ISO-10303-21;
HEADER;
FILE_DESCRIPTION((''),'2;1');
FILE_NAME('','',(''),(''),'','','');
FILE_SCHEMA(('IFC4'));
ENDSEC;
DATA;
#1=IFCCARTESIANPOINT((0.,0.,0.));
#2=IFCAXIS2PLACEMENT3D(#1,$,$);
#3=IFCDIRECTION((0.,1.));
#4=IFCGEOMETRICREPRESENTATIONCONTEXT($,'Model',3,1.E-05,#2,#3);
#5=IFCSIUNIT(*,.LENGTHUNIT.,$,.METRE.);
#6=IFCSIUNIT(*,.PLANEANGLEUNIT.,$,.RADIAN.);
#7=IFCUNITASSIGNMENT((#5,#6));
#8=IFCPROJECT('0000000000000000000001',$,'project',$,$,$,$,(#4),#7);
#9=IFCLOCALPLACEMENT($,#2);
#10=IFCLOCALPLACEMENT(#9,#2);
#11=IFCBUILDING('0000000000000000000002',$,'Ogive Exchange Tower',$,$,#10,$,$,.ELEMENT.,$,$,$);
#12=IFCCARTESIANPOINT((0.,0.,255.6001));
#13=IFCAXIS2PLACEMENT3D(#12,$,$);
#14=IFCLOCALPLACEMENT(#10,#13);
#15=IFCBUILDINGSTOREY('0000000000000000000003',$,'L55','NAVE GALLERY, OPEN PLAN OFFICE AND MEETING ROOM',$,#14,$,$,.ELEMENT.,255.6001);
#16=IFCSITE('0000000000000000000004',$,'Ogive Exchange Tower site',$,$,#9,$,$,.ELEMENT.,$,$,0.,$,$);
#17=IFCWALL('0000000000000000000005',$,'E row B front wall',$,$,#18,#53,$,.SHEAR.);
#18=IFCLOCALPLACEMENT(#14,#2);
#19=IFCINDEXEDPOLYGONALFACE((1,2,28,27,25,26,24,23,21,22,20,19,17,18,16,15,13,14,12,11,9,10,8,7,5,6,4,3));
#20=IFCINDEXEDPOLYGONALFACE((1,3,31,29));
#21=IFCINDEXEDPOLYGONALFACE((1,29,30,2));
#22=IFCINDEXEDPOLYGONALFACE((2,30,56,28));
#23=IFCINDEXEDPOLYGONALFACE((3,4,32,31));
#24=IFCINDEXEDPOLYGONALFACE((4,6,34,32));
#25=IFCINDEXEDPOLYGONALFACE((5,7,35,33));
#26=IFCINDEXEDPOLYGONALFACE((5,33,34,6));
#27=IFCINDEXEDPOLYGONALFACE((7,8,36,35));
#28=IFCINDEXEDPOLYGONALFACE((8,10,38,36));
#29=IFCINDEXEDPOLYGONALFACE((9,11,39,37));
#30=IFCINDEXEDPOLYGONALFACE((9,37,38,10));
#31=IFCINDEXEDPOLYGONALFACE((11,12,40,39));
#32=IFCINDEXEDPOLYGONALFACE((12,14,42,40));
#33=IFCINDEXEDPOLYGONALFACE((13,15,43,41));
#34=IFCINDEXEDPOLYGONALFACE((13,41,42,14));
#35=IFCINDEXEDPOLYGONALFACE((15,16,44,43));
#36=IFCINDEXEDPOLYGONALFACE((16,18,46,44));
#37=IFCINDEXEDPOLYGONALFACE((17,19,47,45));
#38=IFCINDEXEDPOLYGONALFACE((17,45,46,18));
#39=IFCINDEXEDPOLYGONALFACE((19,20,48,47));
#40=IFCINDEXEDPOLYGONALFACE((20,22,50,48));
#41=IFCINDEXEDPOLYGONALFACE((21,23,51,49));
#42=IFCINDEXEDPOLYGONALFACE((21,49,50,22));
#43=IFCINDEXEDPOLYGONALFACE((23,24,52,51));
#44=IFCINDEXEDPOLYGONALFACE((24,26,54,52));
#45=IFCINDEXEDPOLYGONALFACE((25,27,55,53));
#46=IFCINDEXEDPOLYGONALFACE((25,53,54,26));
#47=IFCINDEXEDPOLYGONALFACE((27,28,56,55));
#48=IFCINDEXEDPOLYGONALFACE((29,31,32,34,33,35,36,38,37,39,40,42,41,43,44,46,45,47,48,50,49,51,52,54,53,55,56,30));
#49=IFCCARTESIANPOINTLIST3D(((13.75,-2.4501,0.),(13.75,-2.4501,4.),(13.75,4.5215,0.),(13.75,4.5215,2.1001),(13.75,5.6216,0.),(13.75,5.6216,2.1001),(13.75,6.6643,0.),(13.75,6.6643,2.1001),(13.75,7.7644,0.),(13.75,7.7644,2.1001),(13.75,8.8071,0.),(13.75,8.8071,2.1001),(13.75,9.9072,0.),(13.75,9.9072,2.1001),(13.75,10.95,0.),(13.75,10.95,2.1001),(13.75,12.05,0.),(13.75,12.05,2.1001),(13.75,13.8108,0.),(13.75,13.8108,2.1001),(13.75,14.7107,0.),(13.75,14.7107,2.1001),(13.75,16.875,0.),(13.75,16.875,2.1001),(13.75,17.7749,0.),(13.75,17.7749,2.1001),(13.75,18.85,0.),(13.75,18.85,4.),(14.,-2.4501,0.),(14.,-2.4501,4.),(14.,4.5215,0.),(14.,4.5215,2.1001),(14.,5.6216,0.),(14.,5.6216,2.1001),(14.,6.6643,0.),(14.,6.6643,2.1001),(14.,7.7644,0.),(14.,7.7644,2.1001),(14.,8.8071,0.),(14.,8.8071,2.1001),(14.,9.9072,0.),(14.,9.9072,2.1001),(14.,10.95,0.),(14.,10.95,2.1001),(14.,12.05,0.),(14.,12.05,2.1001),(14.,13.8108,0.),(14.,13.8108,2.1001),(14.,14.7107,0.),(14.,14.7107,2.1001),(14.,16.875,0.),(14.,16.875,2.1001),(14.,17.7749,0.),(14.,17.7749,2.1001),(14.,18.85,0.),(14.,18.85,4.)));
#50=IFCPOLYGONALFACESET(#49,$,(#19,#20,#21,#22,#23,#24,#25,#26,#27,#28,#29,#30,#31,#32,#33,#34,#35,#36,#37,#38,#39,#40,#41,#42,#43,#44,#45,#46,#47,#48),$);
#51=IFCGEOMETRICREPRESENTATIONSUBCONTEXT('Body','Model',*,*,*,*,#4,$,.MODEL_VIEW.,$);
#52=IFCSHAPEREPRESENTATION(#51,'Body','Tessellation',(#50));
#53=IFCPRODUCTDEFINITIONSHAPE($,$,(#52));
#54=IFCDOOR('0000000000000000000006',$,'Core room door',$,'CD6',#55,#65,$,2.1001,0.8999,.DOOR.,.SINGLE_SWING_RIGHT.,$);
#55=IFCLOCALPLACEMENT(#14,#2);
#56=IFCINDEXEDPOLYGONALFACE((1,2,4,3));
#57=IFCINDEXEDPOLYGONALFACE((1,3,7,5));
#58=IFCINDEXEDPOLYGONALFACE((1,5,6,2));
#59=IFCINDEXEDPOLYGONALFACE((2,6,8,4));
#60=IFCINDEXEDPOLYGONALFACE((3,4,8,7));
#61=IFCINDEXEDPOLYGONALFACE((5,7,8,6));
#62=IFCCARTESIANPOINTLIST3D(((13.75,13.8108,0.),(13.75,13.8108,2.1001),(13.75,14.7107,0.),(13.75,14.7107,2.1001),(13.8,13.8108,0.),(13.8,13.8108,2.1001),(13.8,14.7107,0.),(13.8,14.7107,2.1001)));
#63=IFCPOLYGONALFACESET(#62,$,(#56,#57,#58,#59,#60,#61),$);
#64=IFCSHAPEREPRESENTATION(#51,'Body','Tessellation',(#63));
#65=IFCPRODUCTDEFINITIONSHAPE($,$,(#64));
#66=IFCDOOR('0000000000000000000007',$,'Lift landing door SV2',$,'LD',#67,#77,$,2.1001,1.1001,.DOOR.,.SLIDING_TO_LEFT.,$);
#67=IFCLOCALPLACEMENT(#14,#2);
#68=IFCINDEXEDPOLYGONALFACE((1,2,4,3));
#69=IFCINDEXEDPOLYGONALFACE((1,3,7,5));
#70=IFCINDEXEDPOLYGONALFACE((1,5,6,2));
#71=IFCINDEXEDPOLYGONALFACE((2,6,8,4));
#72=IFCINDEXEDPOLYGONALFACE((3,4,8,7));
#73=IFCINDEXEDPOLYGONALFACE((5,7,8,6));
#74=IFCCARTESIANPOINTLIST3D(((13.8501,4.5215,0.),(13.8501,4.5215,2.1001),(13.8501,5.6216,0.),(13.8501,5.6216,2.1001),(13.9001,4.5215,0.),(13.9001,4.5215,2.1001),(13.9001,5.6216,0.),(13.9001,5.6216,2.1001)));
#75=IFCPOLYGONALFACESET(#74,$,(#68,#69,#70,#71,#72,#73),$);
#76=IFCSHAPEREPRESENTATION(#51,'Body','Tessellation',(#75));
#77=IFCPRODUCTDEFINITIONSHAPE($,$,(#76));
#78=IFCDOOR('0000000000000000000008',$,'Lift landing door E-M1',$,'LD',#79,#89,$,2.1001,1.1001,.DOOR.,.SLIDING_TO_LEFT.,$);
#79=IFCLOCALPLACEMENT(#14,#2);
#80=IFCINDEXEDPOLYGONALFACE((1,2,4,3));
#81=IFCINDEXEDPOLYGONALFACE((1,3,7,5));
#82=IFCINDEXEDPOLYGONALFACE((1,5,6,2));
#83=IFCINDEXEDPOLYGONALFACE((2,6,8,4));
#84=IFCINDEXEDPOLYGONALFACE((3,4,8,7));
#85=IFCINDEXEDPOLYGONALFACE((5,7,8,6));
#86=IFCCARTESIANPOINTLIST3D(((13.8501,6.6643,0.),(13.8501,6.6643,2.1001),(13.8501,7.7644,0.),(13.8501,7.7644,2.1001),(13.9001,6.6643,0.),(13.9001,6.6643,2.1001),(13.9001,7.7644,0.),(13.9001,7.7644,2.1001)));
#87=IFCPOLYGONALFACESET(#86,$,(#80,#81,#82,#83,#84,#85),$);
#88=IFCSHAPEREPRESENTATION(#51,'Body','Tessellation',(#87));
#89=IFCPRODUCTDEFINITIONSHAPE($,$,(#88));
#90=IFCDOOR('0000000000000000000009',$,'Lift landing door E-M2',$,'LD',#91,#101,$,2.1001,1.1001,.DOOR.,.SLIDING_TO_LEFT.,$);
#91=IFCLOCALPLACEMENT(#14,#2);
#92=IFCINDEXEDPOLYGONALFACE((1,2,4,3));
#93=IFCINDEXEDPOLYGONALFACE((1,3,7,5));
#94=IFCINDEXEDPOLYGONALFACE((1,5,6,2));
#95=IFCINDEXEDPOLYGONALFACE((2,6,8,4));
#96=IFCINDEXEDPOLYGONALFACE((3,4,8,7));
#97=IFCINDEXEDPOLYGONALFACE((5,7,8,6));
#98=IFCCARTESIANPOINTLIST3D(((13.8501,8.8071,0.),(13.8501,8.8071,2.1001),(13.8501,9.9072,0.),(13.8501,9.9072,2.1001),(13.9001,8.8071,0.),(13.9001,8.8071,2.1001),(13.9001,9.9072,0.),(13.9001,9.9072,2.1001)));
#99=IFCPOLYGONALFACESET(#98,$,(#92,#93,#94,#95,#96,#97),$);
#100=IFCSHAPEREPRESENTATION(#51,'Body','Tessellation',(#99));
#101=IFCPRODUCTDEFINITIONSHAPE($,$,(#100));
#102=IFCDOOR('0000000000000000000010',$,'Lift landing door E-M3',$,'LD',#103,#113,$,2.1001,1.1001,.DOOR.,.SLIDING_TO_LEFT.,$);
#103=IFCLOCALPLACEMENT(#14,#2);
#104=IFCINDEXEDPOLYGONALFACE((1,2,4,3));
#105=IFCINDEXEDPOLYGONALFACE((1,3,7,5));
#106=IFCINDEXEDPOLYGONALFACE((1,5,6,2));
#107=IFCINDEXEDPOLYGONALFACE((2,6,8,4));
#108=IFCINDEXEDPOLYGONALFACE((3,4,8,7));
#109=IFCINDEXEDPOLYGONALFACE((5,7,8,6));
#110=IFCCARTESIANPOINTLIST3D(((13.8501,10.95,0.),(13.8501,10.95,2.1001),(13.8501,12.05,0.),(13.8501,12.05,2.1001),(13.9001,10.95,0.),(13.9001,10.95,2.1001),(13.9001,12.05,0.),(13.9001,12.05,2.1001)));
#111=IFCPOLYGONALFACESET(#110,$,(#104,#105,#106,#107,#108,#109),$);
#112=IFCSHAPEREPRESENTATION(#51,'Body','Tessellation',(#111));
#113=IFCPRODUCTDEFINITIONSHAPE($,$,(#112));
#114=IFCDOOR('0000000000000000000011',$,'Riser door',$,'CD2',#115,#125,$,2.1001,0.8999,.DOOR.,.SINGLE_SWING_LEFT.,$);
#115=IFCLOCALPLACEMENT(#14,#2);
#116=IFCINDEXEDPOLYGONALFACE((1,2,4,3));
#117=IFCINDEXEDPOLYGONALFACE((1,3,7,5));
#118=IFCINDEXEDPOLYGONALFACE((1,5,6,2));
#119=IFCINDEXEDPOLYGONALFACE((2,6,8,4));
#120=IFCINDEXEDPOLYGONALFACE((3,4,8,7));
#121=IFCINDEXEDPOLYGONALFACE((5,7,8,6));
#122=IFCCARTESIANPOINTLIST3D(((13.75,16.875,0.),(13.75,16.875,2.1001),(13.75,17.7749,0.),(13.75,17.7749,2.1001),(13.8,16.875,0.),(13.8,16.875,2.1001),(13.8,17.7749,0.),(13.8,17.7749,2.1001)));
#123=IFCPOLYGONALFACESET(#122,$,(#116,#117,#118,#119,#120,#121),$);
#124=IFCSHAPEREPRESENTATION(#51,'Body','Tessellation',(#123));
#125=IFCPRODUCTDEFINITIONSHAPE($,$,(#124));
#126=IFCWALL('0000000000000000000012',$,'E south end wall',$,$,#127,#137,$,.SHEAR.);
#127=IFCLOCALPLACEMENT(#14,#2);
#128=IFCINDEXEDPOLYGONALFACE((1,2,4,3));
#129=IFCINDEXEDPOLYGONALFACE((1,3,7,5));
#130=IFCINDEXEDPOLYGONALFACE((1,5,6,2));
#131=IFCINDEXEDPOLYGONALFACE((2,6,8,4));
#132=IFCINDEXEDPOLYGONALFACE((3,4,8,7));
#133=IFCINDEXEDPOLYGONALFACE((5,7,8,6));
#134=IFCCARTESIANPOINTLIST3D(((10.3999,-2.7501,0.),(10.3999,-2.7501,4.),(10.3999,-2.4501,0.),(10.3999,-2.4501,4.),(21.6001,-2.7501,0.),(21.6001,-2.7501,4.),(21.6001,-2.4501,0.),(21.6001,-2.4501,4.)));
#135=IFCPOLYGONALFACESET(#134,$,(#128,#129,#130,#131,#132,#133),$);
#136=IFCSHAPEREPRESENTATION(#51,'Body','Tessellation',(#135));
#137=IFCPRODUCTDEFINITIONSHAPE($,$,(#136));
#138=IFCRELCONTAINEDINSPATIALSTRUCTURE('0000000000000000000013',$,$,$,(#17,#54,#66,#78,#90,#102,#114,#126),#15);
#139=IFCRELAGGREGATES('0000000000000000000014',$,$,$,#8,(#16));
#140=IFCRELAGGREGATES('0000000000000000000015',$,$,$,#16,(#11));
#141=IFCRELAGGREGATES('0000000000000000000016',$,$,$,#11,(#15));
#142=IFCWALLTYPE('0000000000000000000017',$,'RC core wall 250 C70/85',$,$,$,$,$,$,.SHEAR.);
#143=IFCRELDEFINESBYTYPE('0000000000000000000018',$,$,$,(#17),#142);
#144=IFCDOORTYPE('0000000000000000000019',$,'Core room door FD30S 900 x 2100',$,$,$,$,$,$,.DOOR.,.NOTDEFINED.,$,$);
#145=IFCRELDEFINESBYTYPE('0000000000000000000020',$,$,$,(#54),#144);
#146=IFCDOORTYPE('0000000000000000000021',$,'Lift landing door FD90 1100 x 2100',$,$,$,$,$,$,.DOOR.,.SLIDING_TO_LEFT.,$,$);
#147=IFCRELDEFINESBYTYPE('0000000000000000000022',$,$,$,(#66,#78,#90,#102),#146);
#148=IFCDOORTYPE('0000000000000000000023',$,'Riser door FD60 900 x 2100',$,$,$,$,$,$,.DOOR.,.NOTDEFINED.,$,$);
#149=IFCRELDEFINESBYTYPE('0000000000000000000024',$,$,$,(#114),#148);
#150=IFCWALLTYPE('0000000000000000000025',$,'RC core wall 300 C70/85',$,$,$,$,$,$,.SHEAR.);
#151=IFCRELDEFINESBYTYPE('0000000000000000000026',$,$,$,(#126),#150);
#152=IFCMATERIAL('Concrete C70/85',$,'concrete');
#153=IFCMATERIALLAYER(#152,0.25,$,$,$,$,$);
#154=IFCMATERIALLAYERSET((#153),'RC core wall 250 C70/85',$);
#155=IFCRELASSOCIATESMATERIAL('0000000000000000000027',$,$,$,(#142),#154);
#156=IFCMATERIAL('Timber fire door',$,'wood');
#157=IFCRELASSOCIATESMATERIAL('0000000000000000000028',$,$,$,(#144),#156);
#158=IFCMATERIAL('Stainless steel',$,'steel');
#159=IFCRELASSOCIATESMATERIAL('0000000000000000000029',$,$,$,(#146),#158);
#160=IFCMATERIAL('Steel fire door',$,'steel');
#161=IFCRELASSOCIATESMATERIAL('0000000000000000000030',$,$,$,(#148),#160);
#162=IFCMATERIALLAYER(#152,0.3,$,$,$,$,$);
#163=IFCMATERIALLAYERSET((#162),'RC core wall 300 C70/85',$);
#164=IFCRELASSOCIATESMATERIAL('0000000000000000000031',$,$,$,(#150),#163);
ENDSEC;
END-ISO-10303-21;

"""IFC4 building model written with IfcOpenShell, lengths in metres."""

from ifc_helpers import new_model, si_unit, direction, frame, frame_2d, origin, place, context, subcontext, project, spatial, rectangle, extrude, material, layer, layer_set, type_object, element, fill, save


model = new_model("IFC4")

# Units and contexts
model_context = context("Model", 3, precision=1e-05, world=origin(), true_north=direction((0.0, 1.0)))
body_context = subcontext(model_context, "Body", "Model", "MODEL_VIEW")
ifc_project = project(units=[si_unit("LENGTHUNIT", "METRE"), si_unit("PLANEANGLEUNIT", "RADIAN")], contexts=[model_context])

# Site, building, storey
site_placement = place(None, origin())
site = spatial("IfcSite", under=ifc_project, at=site_placement, Name="Ogive Exchange Tower site", CompositionType="ELEMENT", RefElevation=0.0)
building_placement = place(site_placement, origin())
building = spatial("IfcBuilding", under=site, at=building_placement, Name="Ogive Exchange Tower", CompositionType="ELEMENT")
storey_placement = place(building_placement, frame((0.0, 0.0, 255.6001)))
storey = spatial("IfcBuildingStorey", under=building, at=storey_placement, Name="L55", Description="NAVE GALLERY, OPEN PLAN OFFICE AND MEETING ROOM", CompositionType="ELEMENT", Elevation=255.6001)

# Wall, openings, doors
ifc_material_1 = material(Name="Concrete C70/85", Category="concrete")
ifc_layer_1 = layer(ifc_material_1, 0.25)
ifc_layer_set_1 = layer_set([ifc_layer_1], Name="RC core wall 250 C70/85")
wall_type_1 = type_object("IfcWallType", Name="RC core wall 250 C70/85", PredefinedType="SHEAR", material=ifc_layer_set_1)
wall_1_placement = place(storey_placement, frame((13.875, -2.45, 0.0), z_axis=(0.0, 0.0, 1.0), x_axis=(0.0, 1.0, 0.0)))
wall_1 = element("IfcWall", 1, at=wall_1_placement, inside=storey, type_object=wall_type_1, Name="E row B front wall", PredefinedType="SHEAR", context=body_context, shape_type="SweptSolid", body=[
    extrude(rectangle(XDim=21.3, YDim=0.25, at=frame_2d((10.6499, 0.0))), origin(), (0.0, 0.0, 1.0), 4.0),
])
opening_1_placement = place(wall_1_placement, frame((16.2607, 0.0, 0.0)))
opening_1 = element("IfcOpeningElement", 2, at=opening_1_placement, cuts=wall_1, PredefinedType="OPENING", context=body_context, shape_type="SweptSolid", body=[
    extrude(rectangle(XDim=0.8999, YDim=2.1001, at=frame_2d((0.45, 1.05))), frame((0.0, 0.135, 0.0), z_axis=(0.0, -1.0, 0.0), x_axis=(1.0, 0.0, 0.0)), (0.0, 0.0, 1.0), 0.27),
])
opening_2_placement = place(wall_1_placement, frame((19.325, 0.0, 0.0)))
opening_2 = element("IfcOpeningElement", 3, at=opening_2_placement, cuts=wall_1, PredefinedType="OPENING", context=body_context, shape_type="SweptSolid", body=[
    extrude(rectangle(XDim=0.8999, YDim=2.1001, at=frame_2d((0.45, 1.05))), frame((0.0, 0.135, 0.0), z_axis=(0.0, -1.0, 0.0), x_axis=(1.0, 0.0, 0.0)), (0.0, 0.0, 1.0), 0.27),
])
opening_3_placement = place(wall_1_placement, frame((6.9714, 0.0, 0.0)))
opening_3 = element("IfcOpeningElement", 4, at=opening_3_placement, cuts=wall_1, PredefinedType="OPENING", context=body_context, shape_type="SweptSolid", body=[
    extrude(rectangle(XDim=1.1001, YDim=2.1001, at=frame_2d((0.55, 1.05))), frame((0.0, 0.135, 0.0), z_axis=(0.0, -1.0, 0.0), x_axis=(1.0, 0.0, 0.0)), (0.0, 0.0, 1.0), 0.27),
])
opening_4_placement = place(wall_1_placement, frame((9.1143, 0.0, 0.0)))
opening_4 = element("IfcOpeningElement", 5, at=opening_4_placement, cuts=wall_1, PredefinedType="OPENING", context=body_context, shape_type="SweptSolid", body=[
    extrude(rectangle(XDim=1.1001, YDim=2.1001, at=frame_2d((0.55, 1.05))), frame((0.0, 0.135, 0.0), z_axis=(0.0, -1.0, 0.0), x_axis=(1.0, 0.0, 0.0)), (0.0, 0.0, 1.0), 0.27),
])
opening_5_placement = place(wall_1_placement, frame((11.2571, 0.0, 0.0)))
opening_5 = element("IfcOpeningElement", 6, at=opening_5_placement, cuts=wall_1, PredefinedType="OPENING", context=body_context, shape_type="SweptSolid", body=[
    extrude(rectangle(XDim=1.1001, YDim=2.1001, at=frame_2d((0.55, 1.05))), frame((0.0, 0.135, 0.0), z_axis=(0.0, -1.0, 0.0), x_axis=(1.0, 0.0, 0.0)), (0.0, 0.0, 1.0), 0.27),
])
opening_6_placement = place(wall_1_placement, frame((13.3999, 0.0, 0.0)))
opening_6 = element("IfcOpeningElement", 7, at=opening_6_placement, cuts=wall_1, PredefinedType="OPENING", context=body_context, shape_type="SweptSolid", body=[
    extrude(rectangle(XDim=1.1001, YDim=2.1001, at=frame_2d((0.55, 1.05))), frame((0.0, 0.135, 0.0), z_axis=(0.0, -1.0, 0.0), x_axis=(1.0, 0.0, 0.0)), (0.0, 0.0, 1.0), 0.27),
])
ifc_material_2 = material(Name="Timber fire door", Category="wood")
door_type_1 = type_object("IfcDoorType", Name="Core room door FD30S 900 x 2100", OperationType="NOTDEFINED", PredefinedType="DOOR", material=ifc_material_2)
door_1_placement = place(opening_1_placement, origin())
door_1 = element("IfcDoor", 8, at=door_1_placement, inside=storey, type_object=door_type_1, Name="Core room door", ObjectType="CD6", OperationType="SINGLE_SWING_RIGHT", OverallHeight=2.1001, OverallWidth=0.8999, PredefinedType="DOOR", context=body_context, shape_type="SweptSolid", body=[
    extrude(rectangle(XDim=0.8999, YDim=2.1001, at=frame_2d((0.45, 1.05))), frame((0.0, 0.125, 0.0), z_axis=(0.0, -1.0, 0.0), x_axis=(1.0, 0.0, 0.0)), (0.0, 0.0, 1.0), 0.05),
])
fill(opening_1, door_1)
ifc_material_3 = material(Name="Stainless steel", Category="steel")
door_type_2 = type_object("IfcDoorType", Name="Lift landing door FD90 1100 x 2100", OperationType="SLIDING_TO_LEFT", PredefinedType="DOOR", material=ifc_material_3)
door_2_placement = place(opening_3_placement, origin())
door_2 = element("IfcDoor", 9, at=door_2_placement, inside=storey, type_object=door_type_2, Name="Lift landing door SV2", ObjectType="LD", OperationType="SLIDING_TO_LEFT", OverallHeight=2.1001, OverallWidth=1.1001, PredefinedType="DOOR", context=body_context, shape_type="SweptSolid", body=[
    extrude(rectangle(XDim=1.1001, YDim=2.1001, at=frame_2d((0.55, 1.05))), frame((0.0, 0.0249, 0.0), z_axis=(0.0, -1.0, 0.0), x_axis=(1.0, 0.0, 0.0)), (0.0, 0.0, 1.0), 0.05),
])
fill(opening_3, door_2)
door_3_placement = place(opening_4_placement, origin())
door_3 = element("IfcDoor", 10, at=door_3_placement, inside=storey, type_object=door_type_2, Name="Lift landing door E-M1", ObjectType="LD", OperationType="SLIDING_TO_LEFT", OverallHeight=2.1001, OverallWidth=1.1001, PredefinedType="DOOR", context=body_context, shape_type="SweptSolid", body=[
    extrude(rectangle(XDim=1.1001, YDim=2.1001, at=frame_2d((0.55, 1.05))), frame((0.0, 0.0249, 0.0), z_axis=(0.0, -1.0, 0.0), x_axis=(1.0, 0.0, 0.0)), (0.0, 0.0, 1.0), 0.05),
])
fill(opening_4, door_3)
door_4_placement = place(opening_5_placement, origin())
door_4 = element("IfcDoor", 11, at=door_4_placement, inside=storey, type_object=door_type_2, Name="Lift landing door E-M2", ObjectType="LD", OperationType="SLIDING_TO_LEFT", OverallHeight=2.1001, OverallWidth=1.1001, PredefinedType="DOOR", context=body_context, shape_type="SweptSolid", body=[
    extrude(rectangle(XDim=1.1001, YDim=2.1001, at=frame_2d((0.55, 1.05))), frame((0.0, 0.0249, 0.0), z_axis=(0.0, -1.0, 0.0), x_axis=(1.0, 0.0, 0.0)), (0.0, 0.0, 1.0), 0.05),
])
fill(opening_5, door_4)
door_5_placement = place(opening_6_placement, origin())
door_5 = element("IfcDoor", 12, at=door_5_placement, inside=storey, type_object=door_type_2, Name="Lift landing door E-M3", ObjectType="LD", OperationType="SLIDING_TO_LEFT", OverallHeight=2.1001, OverallWidth=1.1001, PredefinedType="DOOR", context=body_context, shape_type="SweptSolid", body=[
    extrude(rectangle(XDim=1.1001, YDim=2.1001, at=frame_2d((0.55, 1.05))), frame((0.0, 0.0249, 0.0), z_axis=(0.0, -1.0, 0.0), x_axis=(1.0, 0.0, 0.0)), (0.0, 0.0, 1.0), 0.05),
])
fill(opening_6, door_5)
ifc_material_4 = material(Name="Steel fire door", Category="steel")
door_type_3 = type_object("IfcDoorType", Name="Riser door FD60 900 x 2100", OperationType="NOTDEFINED", PredefinedType="DOOR", material=ifc_material_4)
door_6_placement = place(opening_2_placement, origin())
door_6 = element("IfcDoor", 13, at=door_6_placement, inside=storey, type_object=door_type_3, Name="Riser door", ObjectType="CD2", OperationType="SINGLE_SWING_LEFT", OverallHeight=2.1001, OverallWidth=0.8999, PredefinedType="DOOR", context=body_context, shape_type="SweptSolid", body=[
    extrude(rectangle(XDim=0.8999, YDim=2.1001, at=frame_2d((0.45, 1.05))), frame((0.0, 0.125, 0.0), z_axis=(0.0, -1.0, 0.0), x_axis=(1.0, 0.0, 0.0)), (0.0, 0.0, 1.0), 0.05),
])
fill(opening_2, door_6)

# Wall
ifc_layer_2 = layer(ifc_material_1, 0.3)
ifc_layer_set_2 = layer_set([ifc_layer_2], Name="RC core wall 300 C70/85")
wall_type_2 = type_object("IfcWallType", Name="RC core wall 300 C70/85", PredefinedType="SHEAR", material=ifc_layer_set_2)
wall_2_placement = place(storey_placement, frame((10.3999, -2.6001, 0.0), z_axis=(0.0, 0.0, 1.0), x_axis=(1.0, 0.0, 0.0)))
element("IfcWall", 14, at=wall_2_placement, inside=storey, type_object=wall_type_2, Name="E south end wall", PredefinedType="SHEAR", context=body_context, shape_type="SweptSolid", body=[
    extrude(rectangle(XDim=11.2002, YDim=0.3, at=frame_2d((5.6001, 0.0))), origin(), (0.0, 0.0, 1.0), 4.0),
])

save(model, "model.ifc")
